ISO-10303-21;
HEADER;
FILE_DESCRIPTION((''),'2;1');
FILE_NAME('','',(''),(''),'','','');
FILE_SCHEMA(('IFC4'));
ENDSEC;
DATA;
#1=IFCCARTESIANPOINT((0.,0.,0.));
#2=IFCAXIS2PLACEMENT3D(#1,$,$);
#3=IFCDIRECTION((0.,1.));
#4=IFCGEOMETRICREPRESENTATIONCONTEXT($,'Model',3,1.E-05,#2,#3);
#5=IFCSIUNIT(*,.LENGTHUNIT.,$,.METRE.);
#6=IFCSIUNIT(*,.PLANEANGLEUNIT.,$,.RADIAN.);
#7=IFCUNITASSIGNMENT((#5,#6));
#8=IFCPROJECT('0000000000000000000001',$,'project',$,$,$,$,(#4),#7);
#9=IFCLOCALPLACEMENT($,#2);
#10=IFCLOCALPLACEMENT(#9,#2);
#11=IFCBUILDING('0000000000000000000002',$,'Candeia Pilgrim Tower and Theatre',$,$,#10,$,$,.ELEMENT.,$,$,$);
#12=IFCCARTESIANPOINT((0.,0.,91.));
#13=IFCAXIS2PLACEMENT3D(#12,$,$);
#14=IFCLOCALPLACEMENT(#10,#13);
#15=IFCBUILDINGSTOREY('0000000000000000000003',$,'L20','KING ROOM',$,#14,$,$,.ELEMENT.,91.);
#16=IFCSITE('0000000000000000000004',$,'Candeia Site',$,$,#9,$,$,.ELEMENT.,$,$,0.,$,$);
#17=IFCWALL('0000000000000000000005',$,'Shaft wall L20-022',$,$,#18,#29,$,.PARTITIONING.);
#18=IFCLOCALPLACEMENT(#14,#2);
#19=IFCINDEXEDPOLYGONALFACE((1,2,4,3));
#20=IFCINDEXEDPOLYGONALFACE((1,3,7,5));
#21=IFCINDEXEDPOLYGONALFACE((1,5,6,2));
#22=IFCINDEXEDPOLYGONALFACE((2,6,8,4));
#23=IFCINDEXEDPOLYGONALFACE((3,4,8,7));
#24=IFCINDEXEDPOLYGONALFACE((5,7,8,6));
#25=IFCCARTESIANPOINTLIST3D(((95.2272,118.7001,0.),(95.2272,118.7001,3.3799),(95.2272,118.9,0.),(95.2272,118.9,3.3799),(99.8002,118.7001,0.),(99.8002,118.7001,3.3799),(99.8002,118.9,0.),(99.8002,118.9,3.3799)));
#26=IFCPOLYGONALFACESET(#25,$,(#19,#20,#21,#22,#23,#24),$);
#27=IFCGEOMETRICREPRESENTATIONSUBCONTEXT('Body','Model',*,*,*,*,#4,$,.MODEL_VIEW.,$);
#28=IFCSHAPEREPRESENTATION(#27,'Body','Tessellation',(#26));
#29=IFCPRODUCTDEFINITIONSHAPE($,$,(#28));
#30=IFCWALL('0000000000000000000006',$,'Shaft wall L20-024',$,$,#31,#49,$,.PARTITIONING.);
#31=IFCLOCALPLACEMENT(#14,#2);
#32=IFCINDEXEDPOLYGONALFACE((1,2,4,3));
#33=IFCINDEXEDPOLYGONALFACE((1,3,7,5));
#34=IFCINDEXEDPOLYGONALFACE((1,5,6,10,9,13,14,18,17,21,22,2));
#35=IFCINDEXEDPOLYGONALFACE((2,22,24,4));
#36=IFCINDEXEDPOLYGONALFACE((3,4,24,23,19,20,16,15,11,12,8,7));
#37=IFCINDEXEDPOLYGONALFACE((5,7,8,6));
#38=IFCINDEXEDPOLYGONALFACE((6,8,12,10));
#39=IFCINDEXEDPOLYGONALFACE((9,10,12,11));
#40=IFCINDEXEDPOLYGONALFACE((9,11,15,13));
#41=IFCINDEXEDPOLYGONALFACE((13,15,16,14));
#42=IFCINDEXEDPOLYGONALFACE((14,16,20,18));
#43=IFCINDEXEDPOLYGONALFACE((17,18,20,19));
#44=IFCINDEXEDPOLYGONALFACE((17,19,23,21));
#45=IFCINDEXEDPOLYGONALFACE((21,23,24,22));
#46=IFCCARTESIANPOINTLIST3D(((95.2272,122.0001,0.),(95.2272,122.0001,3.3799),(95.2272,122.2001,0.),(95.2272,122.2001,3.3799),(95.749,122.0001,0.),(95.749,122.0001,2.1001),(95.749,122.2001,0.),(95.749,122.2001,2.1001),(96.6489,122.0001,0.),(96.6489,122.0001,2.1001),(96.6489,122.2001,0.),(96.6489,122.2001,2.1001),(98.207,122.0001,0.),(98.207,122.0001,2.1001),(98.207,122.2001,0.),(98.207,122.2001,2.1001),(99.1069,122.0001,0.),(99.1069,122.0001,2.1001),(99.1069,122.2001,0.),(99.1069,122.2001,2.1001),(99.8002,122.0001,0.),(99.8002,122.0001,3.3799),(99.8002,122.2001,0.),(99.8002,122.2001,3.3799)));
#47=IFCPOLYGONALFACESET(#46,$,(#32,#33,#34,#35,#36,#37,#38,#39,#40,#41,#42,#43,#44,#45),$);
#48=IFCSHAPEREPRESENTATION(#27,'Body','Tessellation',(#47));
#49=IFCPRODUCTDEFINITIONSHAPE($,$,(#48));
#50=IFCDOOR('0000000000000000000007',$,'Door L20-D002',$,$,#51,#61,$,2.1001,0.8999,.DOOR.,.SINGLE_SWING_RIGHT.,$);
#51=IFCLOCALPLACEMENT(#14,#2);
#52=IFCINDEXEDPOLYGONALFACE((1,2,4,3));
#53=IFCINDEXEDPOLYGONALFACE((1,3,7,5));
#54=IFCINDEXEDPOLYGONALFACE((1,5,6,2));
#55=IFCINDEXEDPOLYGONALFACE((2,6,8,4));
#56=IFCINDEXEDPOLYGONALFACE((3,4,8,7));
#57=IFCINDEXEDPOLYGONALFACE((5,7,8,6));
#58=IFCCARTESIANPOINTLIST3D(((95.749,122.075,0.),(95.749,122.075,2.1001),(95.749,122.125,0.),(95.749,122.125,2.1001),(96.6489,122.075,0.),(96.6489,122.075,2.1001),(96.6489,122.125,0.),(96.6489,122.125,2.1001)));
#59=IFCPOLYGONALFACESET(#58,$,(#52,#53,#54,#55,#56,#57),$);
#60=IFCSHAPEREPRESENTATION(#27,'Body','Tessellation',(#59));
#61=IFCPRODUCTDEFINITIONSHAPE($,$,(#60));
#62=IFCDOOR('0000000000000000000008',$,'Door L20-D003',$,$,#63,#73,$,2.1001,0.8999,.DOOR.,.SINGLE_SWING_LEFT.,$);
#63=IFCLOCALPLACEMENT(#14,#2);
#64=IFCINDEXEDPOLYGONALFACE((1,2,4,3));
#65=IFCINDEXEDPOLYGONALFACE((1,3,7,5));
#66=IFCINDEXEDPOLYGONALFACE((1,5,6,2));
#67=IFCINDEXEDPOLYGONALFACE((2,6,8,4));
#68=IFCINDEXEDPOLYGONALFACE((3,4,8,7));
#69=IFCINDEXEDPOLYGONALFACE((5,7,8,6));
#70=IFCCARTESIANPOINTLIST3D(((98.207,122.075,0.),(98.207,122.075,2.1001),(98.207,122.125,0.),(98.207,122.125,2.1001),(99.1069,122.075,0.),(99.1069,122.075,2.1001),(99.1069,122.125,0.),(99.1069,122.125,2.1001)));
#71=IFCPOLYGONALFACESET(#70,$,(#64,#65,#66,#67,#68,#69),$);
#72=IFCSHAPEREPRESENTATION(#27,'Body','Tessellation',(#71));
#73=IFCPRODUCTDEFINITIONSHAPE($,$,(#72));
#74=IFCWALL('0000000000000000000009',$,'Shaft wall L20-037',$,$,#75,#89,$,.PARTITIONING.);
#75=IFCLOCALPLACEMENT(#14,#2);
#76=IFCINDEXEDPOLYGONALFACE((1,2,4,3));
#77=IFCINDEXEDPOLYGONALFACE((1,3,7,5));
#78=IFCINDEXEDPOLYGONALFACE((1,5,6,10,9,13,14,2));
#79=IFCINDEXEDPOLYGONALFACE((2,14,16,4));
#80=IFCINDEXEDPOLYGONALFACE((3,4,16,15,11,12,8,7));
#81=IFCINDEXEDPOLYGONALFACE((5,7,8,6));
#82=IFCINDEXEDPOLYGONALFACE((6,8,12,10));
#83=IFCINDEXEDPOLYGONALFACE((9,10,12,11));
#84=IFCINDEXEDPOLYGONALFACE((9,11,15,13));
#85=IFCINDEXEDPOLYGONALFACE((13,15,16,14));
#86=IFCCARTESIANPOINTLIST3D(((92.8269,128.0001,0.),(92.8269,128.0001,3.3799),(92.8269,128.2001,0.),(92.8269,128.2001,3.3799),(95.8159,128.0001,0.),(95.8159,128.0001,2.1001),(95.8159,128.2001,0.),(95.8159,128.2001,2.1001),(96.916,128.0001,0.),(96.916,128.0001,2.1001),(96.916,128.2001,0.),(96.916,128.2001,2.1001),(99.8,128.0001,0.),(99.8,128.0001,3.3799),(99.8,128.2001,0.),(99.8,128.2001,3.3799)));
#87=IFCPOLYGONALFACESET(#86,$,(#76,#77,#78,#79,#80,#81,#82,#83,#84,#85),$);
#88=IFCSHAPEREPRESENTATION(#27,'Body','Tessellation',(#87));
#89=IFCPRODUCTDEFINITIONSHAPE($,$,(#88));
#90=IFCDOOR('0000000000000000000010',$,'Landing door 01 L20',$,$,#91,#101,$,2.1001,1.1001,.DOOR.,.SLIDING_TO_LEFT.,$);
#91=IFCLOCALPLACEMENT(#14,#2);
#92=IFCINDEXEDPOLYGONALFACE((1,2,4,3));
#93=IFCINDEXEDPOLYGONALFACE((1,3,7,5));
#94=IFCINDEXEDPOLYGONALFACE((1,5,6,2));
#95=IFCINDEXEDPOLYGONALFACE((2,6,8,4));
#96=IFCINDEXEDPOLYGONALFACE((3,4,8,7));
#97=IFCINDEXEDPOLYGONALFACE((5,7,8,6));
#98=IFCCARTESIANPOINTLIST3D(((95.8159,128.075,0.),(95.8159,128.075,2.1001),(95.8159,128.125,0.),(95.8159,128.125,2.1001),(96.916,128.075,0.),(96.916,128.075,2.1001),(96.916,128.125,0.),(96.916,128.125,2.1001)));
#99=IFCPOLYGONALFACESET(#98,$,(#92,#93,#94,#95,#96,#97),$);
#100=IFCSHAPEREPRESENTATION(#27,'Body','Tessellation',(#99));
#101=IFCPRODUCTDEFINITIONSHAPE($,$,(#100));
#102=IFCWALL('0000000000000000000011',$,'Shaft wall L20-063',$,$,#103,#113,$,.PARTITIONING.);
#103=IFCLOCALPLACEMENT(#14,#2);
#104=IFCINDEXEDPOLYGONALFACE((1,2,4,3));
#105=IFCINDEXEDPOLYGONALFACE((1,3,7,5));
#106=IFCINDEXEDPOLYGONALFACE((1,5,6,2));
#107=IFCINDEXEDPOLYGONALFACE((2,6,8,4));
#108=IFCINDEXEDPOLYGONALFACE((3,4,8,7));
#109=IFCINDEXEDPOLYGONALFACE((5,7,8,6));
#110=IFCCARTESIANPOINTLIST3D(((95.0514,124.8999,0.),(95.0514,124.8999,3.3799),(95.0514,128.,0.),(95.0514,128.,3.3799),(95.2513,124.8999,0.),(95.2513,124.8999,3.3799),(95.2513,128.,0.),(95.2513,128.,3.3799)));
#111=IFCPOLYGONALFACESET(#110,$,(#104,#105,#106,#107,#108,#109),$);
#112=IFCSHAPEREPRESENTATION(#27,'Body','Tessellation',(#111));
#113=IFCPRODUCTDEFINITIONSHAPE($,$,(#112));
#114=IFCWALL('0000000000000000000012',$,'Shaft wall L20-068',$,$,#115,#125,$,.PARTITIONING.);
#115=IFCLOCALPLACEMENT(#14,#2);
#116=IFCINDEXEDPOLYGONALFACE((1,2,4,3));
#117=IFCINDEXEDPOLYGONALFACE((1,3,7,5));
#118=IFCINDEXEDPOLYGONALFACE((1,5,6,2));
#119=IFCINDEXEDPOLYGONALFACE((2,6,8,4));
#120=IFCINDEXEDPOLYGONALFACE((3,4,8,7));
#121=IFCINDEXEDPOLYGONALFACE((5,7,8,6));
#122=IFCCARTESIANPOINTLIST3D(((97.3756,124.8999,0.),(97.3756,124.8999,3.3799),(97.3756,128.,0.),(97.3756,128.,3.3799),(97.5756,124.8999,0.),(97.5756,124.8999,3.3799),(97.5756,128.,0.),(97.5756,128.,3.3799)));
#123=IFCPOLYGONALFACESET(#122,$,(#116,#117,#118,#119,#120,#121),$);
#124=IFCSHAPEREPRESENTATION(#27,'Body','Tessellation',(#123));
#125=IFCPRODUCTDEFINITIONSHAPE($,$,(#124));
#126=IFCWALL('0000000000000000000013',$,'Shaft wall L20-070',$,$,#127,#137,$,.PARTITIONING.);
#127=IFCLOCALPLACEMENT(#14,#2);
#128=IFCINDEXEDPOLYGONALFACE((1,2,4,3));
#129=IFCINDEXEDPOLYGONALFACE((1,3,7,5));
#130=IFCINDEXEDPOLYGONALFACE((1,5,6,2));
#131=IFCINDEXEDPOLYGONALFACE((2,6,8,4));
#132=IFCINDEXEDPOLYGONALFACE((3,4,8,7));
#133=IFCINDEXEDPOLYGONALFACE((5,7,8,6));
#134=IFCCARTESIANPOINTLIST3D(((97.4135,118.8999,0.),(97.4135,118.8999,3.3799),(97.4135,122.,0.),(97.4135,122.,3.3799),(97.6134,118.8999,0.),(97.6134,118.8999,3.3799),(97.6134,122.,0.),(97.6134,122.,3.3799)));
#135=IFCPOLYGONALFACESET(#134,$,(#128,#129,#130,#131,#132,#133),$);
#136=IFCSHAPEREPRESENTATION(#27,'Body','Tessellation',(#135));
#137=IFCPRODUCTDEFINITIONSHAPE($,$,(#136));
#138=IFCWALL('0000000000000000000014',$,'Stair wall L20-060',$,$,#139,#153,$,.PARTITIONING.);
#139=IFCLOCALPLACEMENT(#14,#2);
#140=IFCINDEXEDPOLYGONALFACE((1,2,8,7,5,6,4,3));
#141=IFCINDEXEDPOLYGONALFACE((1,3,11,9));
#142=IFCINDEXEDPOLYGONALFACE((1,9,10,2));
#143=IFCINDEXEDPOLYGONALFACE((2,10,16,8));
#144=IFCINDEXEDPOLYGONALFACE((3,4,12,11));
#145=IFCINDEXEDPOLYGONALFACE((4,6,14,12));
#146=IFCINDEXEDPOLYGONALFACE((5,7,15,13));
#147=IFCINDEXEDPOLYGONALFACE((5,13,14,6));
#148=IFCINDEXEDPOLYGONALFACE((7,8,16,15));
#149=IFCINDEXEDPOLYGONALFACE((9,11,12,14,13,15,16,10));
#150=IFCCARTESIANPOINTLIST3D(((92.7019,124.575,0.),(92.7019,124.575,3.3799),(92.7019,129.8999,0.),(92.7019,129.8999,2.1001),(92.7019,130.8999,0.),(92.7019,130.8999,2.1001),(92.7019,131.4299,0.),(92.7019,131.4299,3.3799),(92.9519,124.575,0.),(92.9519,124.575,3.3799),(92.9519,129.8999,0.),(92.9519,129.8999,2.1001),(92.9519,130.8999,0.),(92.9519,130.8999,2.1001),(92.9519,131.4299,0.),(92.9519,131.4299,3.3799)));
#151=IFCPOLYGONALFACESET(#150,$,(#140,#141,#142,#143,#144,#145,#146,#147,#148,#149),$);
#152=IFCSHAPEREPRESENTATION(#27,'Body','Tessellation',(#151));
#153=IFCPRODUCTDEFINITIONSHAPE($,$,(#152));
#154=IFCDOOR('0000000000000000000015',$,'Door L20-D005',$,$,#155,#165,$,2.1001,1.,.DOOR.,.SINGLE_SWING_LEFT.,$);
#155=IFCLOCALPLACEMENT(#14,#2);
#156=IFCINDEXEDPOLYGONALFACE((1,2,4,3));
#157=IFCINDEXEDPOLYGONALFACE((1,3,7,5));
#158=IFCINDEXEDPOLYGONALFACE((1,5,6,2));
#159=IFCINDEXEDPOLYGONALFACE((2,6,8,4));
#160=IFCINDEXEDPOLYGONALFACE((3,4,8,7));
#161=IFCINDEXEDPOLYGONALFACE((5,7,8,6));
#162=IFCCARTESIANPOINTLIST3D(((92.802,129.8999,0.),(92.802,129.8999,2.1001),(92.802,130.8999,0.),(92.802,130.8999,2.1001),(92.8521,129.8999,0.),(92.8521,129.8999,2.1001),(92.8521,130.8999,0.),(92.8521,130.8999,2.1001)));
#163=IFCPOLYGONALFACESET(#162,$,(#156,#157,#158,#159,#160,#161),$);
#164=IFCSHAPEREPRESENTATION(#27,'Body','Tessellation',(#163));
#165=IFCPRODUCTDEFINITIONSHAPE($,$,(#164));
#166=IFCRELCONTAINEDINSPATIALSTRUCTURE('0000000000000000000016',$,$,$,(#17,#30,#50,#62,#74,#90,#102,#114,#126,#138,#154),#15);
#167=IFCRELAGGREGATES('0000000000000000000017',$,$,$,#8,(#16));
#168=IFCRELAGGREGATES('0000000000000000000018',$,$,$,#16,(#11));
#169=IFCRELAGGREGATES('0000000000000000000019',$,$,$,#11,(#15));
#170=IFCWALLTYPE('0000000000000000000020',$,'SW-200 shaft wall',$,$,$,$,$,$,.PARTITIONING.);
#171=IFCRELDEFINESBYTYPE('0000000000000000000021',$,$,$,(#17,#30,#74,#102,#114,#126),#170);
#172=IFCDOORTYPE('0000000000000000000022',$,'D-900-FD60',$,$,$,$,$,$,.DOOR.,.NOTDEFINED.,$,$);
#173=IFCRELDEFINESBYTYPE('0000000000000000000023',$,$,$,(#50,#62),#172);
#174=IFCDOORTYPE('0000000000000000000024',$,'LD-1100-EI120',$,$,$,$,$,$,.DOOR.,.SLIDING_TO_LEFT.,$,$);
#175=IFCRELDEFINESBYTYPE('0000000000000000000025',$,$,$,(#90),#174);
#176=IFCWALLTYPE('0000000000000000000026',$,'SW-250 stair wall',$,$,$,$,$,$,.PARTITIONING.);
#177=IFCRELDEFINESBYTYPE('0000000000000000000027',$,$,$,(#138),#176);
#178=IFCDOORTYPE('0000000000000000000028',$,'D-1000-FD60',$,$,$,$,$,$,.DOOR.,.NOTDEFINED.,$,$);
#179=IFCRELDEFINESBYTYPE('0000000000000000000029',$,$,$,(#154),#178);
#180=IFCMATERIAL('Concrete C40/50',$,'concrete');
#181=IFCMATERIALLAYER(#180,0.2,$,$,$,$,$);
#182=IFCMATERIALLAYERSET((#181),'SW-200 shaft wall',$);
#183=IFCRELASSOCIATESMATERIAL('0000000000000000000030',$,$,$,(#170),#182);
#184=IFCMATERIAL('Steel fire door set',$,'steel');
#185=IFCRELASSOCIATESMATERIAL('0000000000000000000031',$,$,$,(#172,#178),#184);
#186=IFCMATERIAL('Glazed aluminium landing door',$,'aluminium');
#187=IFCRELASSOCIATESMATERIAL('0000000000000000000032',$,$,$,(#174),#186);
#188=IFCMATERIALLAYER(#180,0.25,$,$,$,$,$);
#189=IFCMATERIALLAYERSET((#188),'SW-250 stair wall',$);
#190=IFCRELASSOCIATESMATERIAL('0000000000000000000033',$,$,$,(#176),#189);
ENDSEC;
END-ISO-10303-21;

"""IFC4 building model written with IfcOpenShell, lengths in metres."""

from ifc_helpers import new_model, si_unit, direction, frame, frame_2d, origin, place, context, subcontext, project, spatial, rectangle, extrude, material, layer, layer_set, type_object, element, fill, save


model = new_model("IFC4")

# Units and contexts
model_context = context("Model", 3, precision=1e-05, world=origin(), true_north=direction((0.0, 1.0)))
body_context = subcontext(model_context, "Body", "Model", "MODEL_VIEW")
ifc_project = project(units=[si_unit("LENGTHUNIT", "METRE"), si_unit("PLANEANGLEUNIT", "RADIAN")], contexts=[model_context])

# Site, building, storey
site_placement = place(None, origin())
site = spatial("IfcSite", under=ifc_project, at=site_placement, Name="Candeia Site", CompositionType="ELEMENT", RefElevation=0.0)
building_placement = place(site_placement, origin())
building = spatial("IfcBuilding", under=site, at=building_placement, Name="Candeia Pilgrim Tower and Theatre", CompositionType="ELEMENT")
storey_placement = place(building_placement, frame((0.0, 0.0, 91.0)))
storey = spatial("IfcBuildingStorey", under=building, at=storey_placement, Name="L20", Description="KING ROOM", CompositionType="ELEMENT", Elevation=91.0)

# Shared definitions
ifc_material_1 = material(Name="Steel fire door set", Category="steel")

# Wall
ifc_material_2 = material(Name="Concrete C40/50", Category="concrete")
ifc_layer_1 = layer(ifc_material_2, 0.2)
ifc_layer_set_1 = layer_set([ifc_layer_1], Name="SW-200 shaft wall")
wall_type_1 = type_object("IfcWallType", Name="SW-200 shaft wall", PredefinedType="PARTITIONING", material=ifc_layer_set_1)
wall_1_placement = place(storey_placement, frame((95.2271, 118.8, 0.0), z_axis=(0.0, 0.0, 1.0), x_axis=(1.0, 0.0, 0.0)))
element("IfcWall", 1, at=wall_1_placement, inside=storey, type_object=wall_type_1, Name="Shaft wall L20-022", PredefinedType="PARTITIONING", context=body_context, shape_type="SweptSolid", body=[
    extrude(rectangle(XDim=4.573, YDim=0.2, at=frame_2d((2.2866, 0.0))), origin(), (0.0, 0.0, 1.0), 3.3799),
])

# Wall, openings, doors
wall_2_placement = place(storey_placement, frame((95.2271, 122.1001, 0.0), z_axis=(0.0, 0.0, 1.0), x_axis=(1.0, 0.0, 0.0)))
wall_2 = element("IfcWall", 2, at=wall_2_placement, inside=storey, type_object=wall_type_1, Name="Shaft wall L20-024", PredefinedType="PARTITIONING", context=body_context, shape_type="SweptSolid", body=[
    extrude(rectangle(XDim=4.573, YDim=0.2, at=frame_2d((2.2866, 0.0))), origin(), (0.0, 0.0, 1.0), 3.3799),
])
opening_1_placement = place(wall_2_placement, frame((0.522, 0.0, 0.0)))
opening_1 = element("IfcOpeningElement", 3, at=opening_1_placement, cuts=wall_2, PredefinedType="OPENING", context=body_context, shape_type="SweptSolid", body=[
    extrude(rectangle(XDim=0.8999, YDim=2.1001, at=frame_2d((0.45, 1.05))), frame((0.0, 0.1099, 0.0), z_axis=(0.0, -1.0, 0.0), x_axis=(1.0, 0.0, 0.0)), (0.0, 0.0, 1.0), 0.22),
])
opening_2_placement = place(wall_2_placement, frame((2.98, 0.0, 0.0)))
opening_2 = element("IfcOpeningElement", 4, at=opening_2_placement, cuts=wall_2, PredefinedType="OPENING", context=body_context, shape_type="SweptSolid", body=[
    extrude(rectangle(XDim=0.8999, YDim=2.1001, at=frame_2d((0.45, 1.05))), frame((0.0, 0.1099, 0.0), z_axis=(0.0, -1.0, 0.0), x_axis=(1.0, 0.0, 0.0)), (0.0, 0.0, 1.0), 0.22),
])
door_type_1 = type_object("IfcDoorType", Name="D-900-FD60", OperationType="NOTDEFINED", PredefinedType="DOOR", material=ifc_material_1)
door_1_placement = place(opening_1_placement, origin())
door_1 = element("IfcDoor", 5, at=door_1_placement, inside=storey, type_object=door_type_1, Name="Door L20-D002", OperationType="SINGLE_SWING_RIGHT", OverallHeight=2.1001, OverallWidth=0.8999, PredefinedType="DOOR", context=body_context, shape_type="SweptSolid", body=[
    extrude(rectangle(XDim=0.8999, YDim=2.1001, at=frame_2d((0.45, 1.05))), frame((0.0, 0.0249, 0.0), z_axis=(0.0, -1.0, 0.0), x_axis=(1.0, 0.0, 0.0)), (0.0, 0.0, 1.0), 0.05),
])
fill(opening_1, door_1)
door_2_placement = place(opening_2_placement, origin())
door_2 = element("IfcDoor", 6, at=door_2_placement, inside=storey, type_object=door_type_1, Name="Door L20-D003", OperationType="SINGLE_SWING_LEFT", OverallHeight=2.1001, OverallWidth=0.8999, PredefinedType="DOOR", context=body_context, shape_type="SweptSolid", body=[
    extrude(rectangle(XDim=0.8999, YDim=2.1001, at=frame_2d((0.45, 1.05))), frame((0.0, 0.0249, 0.0), z_axis=(0.0, -1.0, 0.0), x_axis=(1.0, 0.0, 0.0)), (0.0, 0.0, 1.0), 0.05),
])
fill(opening_2, door_2)

# Wall, opening, door
wall_3_placement = place(storey_placement, frame((92.8269, 128.1001, 0.0), z_axis=(0.0, 0.0, 1.0), x_axis=(1.0, 0.0, 0.0)))
wall_3 = element("IfcWall", 7, at=wall_3_placement, inside=storey, type_object=wall_type_1, Name="Shaft wall L20-037", PredefinedType="PARTITIONING", context=body_context, shape_type="SweptSolid", body=[
    extrude(rectangle(XDim=6.9731, YDim=0.2, at=frame_2d((3.4866, 0.0))), origin(), (0.0, 0.0, 1.0), 3.3799),
])
opening_3_placement = place(wall_3_placement, frame((2.989, 0.0, 0.0)))
opening_3 = element("IfcOpeningElement", 8, at=opening_3_placement, cuts=wall_3, PredefinedType="OPENING", context=body_context, shape_type="SweptSolid", body=[
    extrude(rectangle(XDim=1.1001, YDim=2.1001, at=frame_2d((0.55, 1.05))), frame((0.0, 0.1099, 0.0), z_axis=(0.0, -1.0, 0.0), x_axis=(1.0, 0.0, 0.0)), (0.0, 0.0, 1.0), 0.22),
])
ifc_material_3 = material(Name="Glazed aluminium landing door", Category="aluminium")
door_type_2 = type_object("IfcDoorType", Name="LD-1100-EI120", OperationType="SLIDING_TO_LEFT", PredefinedType="DOOR", material=ifc_material_3)
door_3_placement = place(opening_3_placement, origin())
door_3 = element("IfcDoor", 9, at=door_3_placement, inside=storey, type_object=door_type_2, Name="Landing door 01 L20", OperationType="SLIDING_TO_LEFT", OverallHeight=2.1001, OverallWidth=1.1001, PredefinedType="DOOR", context=body_context, shape_type="SweptSolid", body=[
    extrude(rectangle(XDim=1.1001, YDim=2.1001, at=frame_2d((0.55, 1.05))), frame((0.0, 0.0249, 0.0), z_axis=(0.0, -1.0, 0.0), x_axis=(1.0, 0.0, 0.0)), (0.0, 0.0, 1.0), 0.05),
])
fill(opening_3, door_3)

# Walls
for number, where, z_axis, x_axis, name in (
    (10, (95.1514, 124.8999, 0.0), (0.0, 0.0, 1.0), (0.0, 1.0, 0.0), "Shaft wall L20-063"),
    (11, (97.4756, 124.8999, 0.0), (0.0, 0.0, 1.0), (0.0, 1.0, 0.0), "Shaft wall L20-068"),
    (12, (97.5134, 118.8999, 0.0), (0.0, 0.0, 1.0), (0.0, 1.0, 0.0), "Shaft wall L20-070"),
):
    element("IfcWall", number, at=place(storey_placement, frame(where, z_axis=z_axis, x_axis=x_axis)), inside=storey, type_object=wall_type_1, Name=name, PredefinedType="PARTITIONING", context=body_context, shape_type="SweptSolid", body=[
        extrude(rectangle(XDim=3.1001, YDim=0.2, at=frame_2d((1.55, 0.0))), origin(), (0.0, 0.0, 1.0), 3.3799),
    ])

# Wall, opening, door
ifc_layer_2 = layer(ifc_material_2, 0.25)
ifc_layer_set_2 = layer_set([ifc_layer_2], Name="SW-250 stair wall")
wall_type_2 = type_object("IfcWallType", Name="SW-250 stair wall", PredefinedType="PARTITIONING", material=ifc_layer_set_2)
wall_4_placement = place(storey_placement, frame((92.8269, 124.575, 0.0), z_axis=(0.0, 0.0, 1.0), x_axis=(0.0, 1.0, 0.0)))
wall_4 = element("IfcWall", 13, at=wall_4_placement, inside=storey, type_object=wall_type_2, Name="Stair wall L20-060", PredefinedType="PARTITIONING", context=body_context, shape_type="SweptSolid", body=[
    extrude(rectangle(XDim=6.855, YDim=0.25, at=frame_2d((3.4275, 0.0))), origin(), (0.0, 0.0, 1.0), 3.3799),
])
opening_4_placement = place(wall_4_placement, frame((5.325, 0.0, 0.0)))
opening_4 = element("IfcOpeningElement", 14, at=opening_4_placement, cuts=wall_4, PredefinedType="OPENING", context=body_context, shape_type="SweptSolid", body=[
    extrude(rectangle(XDim=1.0, YDim=2.1001, at=frame_2d((0.5, 1.05))), frame((0.0, 0.135, 0.0), z_axis=(0.0, -1.0, 0.0), x_axis=(1.0, 0.0, 0.0)), (0.0, 0.0, 1.0), 0.27),
])
door_type_3 = type_object("IfcDoorType", Name="D-1000-FD60", OperationType="NOTDEFINED", PredefinedType="DOOR", material=ifc_material_1)
door_4_placement = place(opening_4_placement, origin())
door_4 = element("IfcDoor", 15, at=door_4_placement, inside=storey, type_object=door_type_3, Name="Door L20-D005", OperationType="SINGLE_SWING_LEFT", OverallHeight=2.1001, OverallWidth=1.0, PredefinedType="DOOR", context=body_context, shape_type="SweptSolid", body=[
    extrude(rectangle(XDim=1.0, YDim=2.1001, at=frame_2d((0.5, 1.05))), frame((0.0, 0.0249, 0.0), z_axis=(0.0, -1.0, 0.0), x_axis=(1.0, 0.0, 0.0)), (0.0, 0.0, 1.0), 0.05),
])
fill(opening_4, door_4)

save(model, "model.ifc")
